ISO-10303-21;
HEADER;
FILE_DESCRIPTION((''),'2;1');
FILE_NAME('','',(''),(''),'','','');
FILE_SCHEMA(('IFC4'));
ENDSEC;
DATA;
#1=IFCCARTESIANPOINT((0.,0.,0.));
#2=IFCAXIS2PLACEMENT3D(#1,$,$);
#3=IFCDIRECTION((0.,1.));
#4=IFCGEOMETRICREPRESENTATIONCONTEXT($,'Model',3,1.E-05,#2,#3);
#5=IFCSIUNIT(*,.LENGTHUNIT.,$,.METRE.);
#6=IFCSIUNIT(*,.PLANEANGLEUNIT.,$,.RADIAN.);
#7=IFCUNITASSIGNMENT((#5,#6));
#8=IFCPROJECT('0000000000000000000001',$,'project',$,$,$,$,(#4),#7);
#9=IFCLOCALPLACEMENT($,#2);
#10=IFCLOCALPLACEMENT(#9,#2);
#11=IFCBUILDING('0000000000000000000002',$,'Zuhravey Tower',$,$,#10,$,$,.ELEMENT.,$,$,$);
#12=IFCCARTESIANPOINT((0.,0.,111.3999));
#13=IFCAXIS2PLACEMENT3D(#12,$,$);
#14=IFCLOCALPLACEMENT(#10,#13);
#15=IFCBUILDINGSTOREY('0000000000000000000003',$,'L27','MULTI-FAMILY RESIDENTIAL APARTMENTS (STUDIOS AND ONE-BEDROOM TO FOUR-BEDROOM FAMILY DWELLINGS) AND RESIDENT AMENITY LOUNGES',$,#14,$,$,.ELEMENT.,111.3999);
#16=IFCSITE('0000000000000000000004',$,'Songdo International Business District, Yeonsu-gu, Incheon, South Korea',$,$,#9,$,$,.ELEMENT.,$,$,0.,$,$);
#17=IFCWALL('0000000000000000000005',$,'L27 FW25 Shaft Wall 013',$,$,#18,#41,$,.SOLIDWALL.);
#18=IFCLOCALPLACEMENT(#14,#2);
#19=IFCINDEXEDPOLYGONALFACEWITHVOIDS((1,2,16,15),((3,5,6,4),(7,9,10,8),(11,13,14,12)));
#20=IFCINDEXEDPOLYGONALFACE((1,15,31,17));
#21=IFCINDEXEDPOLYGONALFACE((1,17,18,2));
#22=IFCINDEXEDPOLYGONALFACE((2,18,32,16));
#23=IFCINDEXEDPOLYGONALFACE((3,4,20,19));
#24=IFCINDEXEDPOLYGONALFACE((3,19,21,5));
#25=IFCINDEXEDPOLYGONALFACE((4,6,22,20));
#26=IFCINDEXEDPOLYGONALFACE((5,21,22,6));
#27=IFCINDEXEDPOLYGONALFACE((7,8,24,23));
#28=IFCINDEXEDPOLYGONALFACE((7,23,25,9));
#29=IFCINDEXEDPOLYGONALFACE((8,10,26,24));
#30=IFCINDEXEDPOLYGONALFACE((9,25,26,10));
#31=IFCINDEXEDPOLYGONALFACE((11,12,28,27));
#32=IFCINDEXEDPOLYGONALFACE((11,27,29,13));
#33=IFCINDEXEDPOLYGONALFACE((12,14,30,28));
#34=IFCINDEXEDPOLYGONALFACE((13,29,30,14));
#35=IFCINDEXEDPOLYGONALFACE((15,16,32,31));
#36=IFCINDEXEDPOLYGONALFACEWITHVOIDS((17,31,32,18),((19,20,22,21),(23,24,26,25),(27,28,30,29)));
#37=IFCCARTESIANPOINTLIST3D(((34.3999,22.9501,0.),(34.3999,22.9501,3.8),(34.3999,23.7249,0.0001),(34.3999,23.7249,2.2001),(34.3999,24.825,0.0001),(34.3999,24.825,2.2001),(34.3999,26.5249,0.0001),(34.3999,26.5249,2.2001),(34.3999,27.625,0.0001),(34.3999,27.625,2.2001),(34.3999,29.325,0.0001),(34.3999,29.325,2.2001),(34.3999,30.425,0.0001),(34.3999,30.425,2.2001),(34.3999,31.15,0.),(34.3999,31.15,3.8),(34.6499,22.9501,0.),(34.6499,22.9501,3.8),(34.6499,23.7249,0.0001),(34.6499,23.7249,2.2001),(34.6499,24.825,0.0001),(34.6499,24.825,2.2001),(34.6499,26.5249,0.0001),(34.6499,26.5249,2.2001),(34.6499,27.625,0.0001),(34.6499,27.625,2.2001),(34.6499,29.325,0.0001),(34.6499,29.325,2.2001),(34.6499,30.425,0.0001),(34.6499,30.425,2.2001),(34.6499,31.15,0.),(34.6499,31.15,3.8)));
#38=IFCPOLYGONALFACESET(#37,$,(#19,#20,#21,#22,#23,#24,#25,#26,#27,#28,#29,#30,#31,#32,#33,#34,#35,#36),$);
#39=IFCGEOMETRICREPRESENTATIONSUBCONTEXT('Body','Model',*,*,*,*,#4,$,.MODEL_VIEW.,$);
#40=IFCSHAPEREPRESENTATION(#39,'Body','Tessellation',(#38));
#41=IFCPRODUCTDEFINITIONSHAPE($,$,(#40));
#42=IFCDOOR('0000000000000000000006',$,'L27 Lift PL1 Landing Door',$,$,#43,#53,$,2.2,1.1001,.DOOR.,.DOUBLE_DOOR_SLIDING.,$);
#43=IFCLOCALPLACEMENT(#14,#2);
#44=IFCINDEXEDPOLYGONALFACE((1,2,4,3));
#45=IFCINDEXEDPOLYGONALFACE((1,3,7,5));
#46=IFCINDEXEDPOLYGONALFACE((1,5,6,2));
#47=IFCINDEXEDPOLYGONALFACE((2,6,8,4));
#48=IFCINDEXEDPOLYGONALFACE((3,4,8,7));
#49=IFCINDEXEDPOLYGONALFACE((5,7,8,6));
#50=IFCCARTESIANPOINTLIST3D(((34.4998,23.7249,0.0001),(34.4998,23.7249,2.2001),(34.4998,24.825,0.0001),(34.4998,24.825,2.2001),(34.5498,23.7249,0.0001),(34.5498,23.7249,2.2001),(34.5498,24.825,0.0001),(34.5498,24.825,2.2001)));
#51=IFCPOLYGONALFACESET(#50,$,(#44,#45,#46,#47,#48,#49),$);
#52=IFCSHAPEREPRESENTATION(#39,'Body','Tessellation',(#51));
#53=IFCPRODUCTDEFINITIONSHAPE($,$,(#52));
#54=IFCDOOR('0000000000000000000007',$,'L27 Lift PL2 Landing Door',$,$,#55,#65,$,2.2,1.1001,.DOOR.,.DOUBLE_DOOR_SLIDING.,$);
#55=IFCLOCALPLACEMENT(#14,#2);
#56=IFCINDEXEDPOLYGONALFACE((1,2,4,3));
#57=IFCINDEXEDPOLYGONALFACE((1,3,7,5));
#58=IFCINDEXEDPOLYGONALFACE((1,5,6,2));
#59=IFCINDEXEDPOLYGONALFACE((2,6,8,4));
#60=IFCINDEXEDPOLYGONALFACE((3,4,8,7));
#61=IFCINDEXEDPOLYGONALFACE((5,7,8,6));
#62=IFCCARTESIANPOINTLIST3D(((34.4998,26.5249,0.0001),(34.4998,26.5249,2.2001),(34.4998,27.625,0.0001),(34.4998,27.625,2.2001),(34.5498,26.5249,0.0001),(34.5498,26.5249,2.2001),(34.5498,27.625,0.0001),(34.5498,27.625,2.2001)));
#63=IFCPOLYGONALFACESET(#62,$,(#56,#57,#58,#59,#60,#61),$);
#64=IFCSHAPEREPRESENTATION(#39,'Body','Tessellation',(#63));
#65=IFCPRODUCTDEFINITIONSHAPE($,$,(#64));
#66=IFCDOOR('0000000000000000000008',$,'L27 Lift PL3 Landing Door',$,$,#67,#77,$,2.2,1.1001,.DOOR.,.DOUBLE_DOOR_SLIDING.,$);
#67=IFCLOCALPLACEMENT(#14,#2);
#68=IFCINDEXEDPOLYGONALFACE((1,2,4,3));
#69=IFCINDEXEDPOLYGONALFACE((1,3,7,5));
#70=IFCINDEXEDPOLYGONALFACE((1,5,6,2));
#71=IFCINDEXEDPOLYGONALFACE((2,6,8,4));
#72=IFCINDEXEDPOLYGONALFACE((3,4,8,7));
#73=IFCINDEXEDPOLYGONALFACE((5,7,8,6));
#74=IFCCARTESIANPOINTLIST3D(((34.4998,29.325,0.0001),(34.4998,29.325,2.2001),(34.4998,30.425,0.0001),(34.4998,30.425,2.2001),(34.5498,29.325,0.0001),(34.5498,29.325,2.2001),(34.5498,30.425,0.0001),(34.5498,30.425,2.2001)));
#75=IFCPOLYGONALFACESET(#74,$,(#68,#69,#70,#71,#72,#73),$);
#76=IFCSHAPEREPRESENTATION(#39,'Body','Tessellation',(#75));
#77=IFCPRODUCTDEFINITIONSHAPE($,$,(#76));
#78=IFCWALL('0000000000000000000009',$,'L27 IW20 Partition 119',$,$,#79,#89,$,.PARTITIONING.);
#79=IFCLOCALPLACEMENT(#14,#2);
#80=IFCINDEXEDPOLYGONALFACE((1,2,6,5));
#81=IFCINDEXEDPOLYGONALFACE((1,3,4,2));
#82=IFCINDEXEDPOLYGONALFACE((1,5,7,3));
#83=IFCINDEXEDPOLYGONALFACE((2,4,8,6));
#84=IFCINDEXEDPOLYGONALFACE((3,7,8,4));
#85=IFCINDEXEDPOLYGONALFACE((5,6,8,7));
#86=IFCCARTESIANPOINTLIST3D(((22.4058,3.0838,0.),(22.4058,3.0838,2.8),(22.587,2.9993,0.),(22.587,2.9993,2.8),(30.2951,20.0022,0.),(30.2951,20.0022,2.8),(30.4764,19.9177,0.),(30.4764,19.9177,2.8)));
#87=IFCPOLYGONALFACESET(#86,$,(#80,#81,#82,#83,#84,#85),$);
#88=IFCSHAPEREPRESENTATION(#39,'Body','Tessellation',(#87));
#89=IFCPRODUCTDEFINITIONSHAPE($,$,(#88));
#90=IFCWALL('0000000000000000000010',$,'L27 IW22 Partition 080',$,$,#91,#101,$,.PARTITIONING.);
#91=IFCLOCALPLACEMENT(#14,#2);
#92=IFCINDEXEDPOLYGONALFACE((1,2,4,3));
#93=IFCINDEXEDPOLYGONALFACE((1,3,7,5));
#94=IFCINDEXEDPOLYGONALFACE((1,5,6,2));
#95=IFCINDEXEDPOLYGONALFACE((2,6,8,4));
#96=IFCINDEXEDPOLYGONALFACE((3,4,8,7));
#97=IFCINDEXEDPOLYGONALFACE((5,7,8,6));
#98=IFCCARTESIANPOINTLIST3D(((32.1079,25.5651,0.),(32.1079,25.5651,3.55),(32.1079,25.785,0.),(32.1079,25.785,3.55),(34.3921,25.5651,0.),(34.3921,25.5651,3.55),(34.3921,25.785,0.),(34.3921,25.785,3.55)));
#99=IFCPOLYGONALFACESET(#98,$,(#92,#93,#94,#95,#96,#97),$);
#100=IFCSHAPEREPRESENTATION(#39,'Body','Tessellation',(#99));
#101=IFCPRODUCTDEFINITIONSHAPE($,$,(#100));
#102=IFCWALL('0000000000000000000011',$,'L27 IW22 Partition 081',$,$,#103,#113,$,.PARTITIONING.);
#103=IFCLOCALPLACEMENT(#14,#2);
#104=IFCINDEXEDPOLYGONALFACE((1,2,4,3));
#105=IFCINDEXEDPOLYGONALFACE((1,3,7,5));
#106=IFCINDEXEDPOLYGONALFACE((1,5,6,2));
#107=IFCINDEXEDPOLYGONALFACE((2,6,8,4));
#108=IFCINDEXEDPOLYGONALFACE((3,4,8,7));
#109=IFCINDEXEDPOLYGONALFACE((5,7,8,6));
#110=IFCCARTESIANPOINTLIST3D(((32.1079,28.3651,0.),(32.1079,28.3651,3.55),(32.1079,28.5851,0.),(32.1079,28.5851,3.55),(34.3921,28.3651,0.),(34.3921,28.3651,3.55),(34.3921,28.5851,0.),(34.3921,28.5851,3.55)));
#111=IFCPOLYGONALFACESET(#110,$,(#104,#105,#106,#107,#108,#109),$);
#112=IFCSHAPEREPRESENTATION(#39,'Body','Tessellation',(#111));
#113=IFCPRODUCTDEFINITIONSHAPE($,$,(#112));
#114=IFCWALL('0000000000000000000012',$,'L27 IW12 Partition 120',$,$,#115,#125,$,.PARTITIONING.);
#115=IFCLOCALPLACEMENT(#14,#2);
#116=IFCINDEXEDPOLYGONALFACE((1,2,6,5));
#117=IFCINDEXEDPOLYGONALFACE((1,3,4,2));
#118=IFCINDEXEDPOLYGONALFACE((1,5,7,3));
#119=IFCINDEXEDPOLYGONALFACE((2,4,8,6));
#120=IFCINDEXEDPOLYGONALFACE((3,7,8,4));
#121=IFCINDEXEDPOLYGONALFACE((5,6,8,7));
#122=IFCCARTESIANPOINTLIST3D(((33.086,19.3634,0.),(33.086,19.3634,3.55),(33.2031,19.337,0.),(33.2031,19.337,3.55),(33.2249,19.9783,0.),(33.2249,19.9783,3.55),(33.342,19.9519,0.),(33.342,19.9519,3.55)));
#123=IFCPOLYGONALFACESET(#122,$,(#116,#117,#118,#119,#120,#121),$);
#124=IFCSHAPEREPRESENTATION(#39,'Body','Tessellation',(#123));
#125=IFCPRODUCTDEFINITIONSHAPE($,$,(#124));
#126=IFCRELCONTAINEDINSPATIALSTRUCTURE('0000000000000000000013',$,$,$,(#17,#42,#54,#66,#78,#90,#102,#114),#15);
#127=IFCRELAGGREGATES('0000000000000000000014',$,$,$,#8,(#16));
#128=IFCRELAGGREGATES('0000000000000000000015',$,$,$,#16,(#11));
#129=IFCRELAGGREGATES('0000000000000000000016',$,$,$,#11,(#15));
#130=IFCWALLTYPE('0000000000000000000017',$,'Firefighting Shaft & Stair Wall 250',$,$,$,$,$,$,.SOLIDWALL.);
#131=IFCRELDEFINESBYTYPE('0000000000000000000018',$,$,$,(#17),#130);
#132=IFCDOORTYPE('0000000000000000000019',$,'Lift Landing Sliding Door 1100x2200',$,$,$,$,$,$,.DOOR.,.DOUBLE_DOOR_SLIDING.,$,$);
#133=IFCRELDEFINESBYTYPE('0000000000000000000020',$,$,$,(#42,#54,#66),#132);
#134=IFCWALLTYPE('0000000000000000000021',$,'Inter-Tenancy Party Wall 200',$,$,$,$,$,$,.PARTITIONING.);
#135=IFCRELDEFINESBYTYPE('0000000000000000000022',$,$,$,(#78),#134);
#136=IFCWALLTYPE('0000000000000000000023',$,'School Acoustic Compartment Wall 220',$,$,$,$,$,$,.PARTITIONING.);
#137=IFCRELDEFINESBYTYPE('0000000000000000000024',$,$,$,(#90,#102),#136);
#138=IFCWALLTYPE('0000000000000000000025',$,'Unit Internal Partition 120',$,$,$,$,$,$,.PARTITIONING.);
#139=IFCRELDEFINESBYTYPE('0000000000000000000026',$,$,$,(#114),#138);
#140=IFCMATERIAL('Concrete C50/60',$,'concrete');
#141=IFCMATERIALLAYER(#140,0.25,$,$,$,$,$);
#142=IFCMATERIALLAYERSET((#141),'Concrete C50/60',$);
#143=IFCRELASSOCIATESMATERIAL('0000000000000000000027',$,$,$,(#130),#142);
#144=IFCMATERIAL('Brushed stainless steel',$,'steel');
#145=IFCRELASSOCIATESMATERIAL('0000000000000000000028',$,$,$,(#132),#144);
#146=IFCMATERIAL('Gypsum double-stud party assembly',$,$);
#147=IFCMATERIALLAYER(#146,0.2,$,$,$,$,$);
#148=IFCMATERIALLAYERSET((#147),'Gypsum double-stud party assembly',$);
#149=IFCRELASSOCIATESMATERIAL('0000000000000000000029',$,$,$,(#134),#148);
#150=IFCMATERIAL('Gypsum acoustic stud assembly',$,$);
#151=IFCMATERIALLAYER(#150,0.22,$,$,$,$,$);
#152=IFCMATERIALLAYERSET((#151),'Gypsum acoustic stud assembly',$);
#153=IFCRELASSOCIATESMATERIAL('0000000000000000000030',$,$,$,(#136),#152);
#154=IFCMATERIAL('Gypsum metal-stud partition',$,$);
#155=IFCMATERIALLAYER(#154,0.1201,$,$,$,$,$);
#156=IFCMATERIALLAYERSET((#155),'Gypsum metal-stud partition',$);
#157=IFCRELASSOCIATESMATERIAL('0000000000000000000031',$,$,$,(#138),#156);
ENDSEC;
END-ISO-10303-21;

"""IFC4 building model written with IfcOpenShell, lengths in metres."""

from ifc_helpers import new_model, si_unit, direction, frame, frame_2d, origin, place, context, subcontext, project, spatial, rectangle, extrude, material, layer, layer_set, type_object, element, fill, save


model = new_model("IFC4")

# Units and contexts
model_context = context("Model", 3, precision=1e-05, world=origin(), true_north=direction((0.0, 1.0)))
body_context = subcontext(model_context, "Body", "Model", "MODEL_VIEW")
ifc_project = project(units=[si_unit("LENGTHUNIT", "METRE"), si_unit("PLANEANGLEUNIT", "RADIAN")], contexts=[model_context])

# Site, building, storey
site_placement = place(None, origin())
site = spatial("IfcSite", under=ifc_project, at=site_placement, Name="Songdo International Business District, Yeonsu-gu, Incheon, South Korea", CompositionType="ELEMENT", RefElevation=0.0)
building_placement = place(site_placement, origin())
building = spatial("IfcBuilding", under=site, at=building_placement, Name="Zuhravey Tower", CompositionType="ELEMENT")
storey_placement = place(building_placement, frame((0.0, 0.0, 111.3999)))
storey = spatial("IfcBuildingStorey", under=building, at=storey_placement, Name="L27", Description="MULTI-FAMILY RESIDENTIAL APARTMENTS (STUDIOS AND ONE-BEDROOM TO FOUR-BEDROOM FAMILY DWELLINGS) AND RESIDENT AMENITY LOUNGES", CompositionType="ELEMENT", Elevation=111.3999)

# Shared definitions
ifc_material_1 = material(Name="Concrete C50/60", Category="concrete")
ifc_layer_1 = layer(ifc_material_1, 0.25)
ifc_layer_set_1 = layer_set([ifc_layer_1], Name="Concrete C50/60")
wall_type_1 = type_object("IfcWallType", Name="Firefighting Shaft & Stair Wall 250", PredefinedType="SOLIDWALL", material=ifc_layer_set_1)
ifc_material_2 = material(Name="Brushed stainless steel", Category="steel")

# Wall, openings, doors
wall_1_placement = place(storey_placement, frame((34.5249, 22.95, 0.0), z_axis=(0.0, 0.0, 1.0), x_axis=(0.0, 1.0, 0.0)))
wall_1 = element("IfcWall", 1, at=wall_1_placement, inside=storey, type_object=wall_type_1, Name="L27 FW25 Shaft Wall 013", PredefinedType="SOLIDWALL", context=body_context, shape_type="SweptSolid", body=[
    extrude(rectangle(XDim=8.2, YDim=0.25, at=frame_2d((4.1001, 0.0))), origin(), (0.0, 0.0, 1.0), 3.8),
])
opening_1_placement = place(wall_1_placement, frame((0.7749, 0.0, 0.0)))
opening_1 = element("IfcOpeningElement", 2, at=opening_1_placement, cuts=wall_1, PredefinedType="OPENING", context=body_context, shape_type="SweptSolid", body=[
    extrude(rectangle(XDim=1.1001, YDim=2.2, at=frame_2d((0.55, 1.1001))), frame((0.0, 0.137, 0.0), z_axis=(0.0, -1.0, 0.0), x_axis=(1.0, 0.0, 0.0)), (0.0, 0.0, 1.0), 0.2739),
])
opening_2_placement = place(wall_1_placement, frame((3.575, 0.0, 0.0)))
opening_2 = element("IfcOpeningElement", 3, at=opening_2_placement, cuts=wall_1, PredefinedType="OPENING", context=body_context, shape_type="SweptSolid", body=[
    extrude(rectangle(XDim=1.1001, YDim=2.2, at=frame_2d((0.55, 1.1001))), frame((0.0, 0.137, 0.0), z_axis=(0.0, -1.0, 0.0), x_axis=(1.0, 0.0, 0.0)), (0.0, 0.0, 1.0), 0.2739),
])
opening_3_placement = place(wall_1_placement, frame((6.375, 0.0, 0.0)))
opening_3 = element("IfcOpeningElement", 4, at=opening_3_placement, cuts=wall_1, PredefinedType="OPENING", context=body_context, shape_type="SweptSolid", body=[
    extrude(rectangle(XDim=1.1001, YDim=2.2, at=frame_2d((0.55, 1.1001))), frame((0.0, 0.137, 0.0), z_axis=(0.0, -1.0, 0.0), x_axis=(1.0, 0.0, 0.0)), (0.0, 0.0, 1.0), 0.2739),
])
door_type_1 = type_object("IfcDoorType", Name="Lift Landing Sliding Door 1100x2200", OperationType="DOUBLE_DOOR_SLIDING", PredefinedType="DOOR", material=ifc_material_2)
door_1_placement = place(opening_1_placement, frame((1.1001, 0.0, 0.0), z_axis=(0.0, 0.0, 1.0), x_axis=(-1.0, 0.0, 0.0)))
door_1 = element("IfcDoor", 5, at=door_1_placement, inside=storey, type_object=door_type_1, Name="L27 Lift PL1 Landing Door", OperationType="DOUBLE_DOOR_SLIDING", OverallHeight=2.2, OverallWidth=1.1001, PredefinedType="DOOR", context=body_context, shape_type="SweptSolid", body=[
    extrude(rectangle(XDim=1.1001, YDim=2.2, at=frame_2d((0.55, 1.1001))), frame((0.0, 0.0249, 0.0), z_axis=(0.0, -1.0, 0.0), x_axis=(1.0, 0.0, 0.0)), (0.0, 0.0, 1.0), 0.05),
])
fill(opening_1, door_1)
door_2_placement = place(opening_2_placement, frame((1.1001, 0.0, 0.0), z_axis=(0.0, 0.0, 1.0), x_axis=(-1.0, 0.0, 0.0)))
door_2 = element("IfcDoor", 6, at=door_2_placement, inside=storey, type_object=door_type_1, Name="L27 Lift PL2 Landing Door", OperationType="DOUBLE_DOOR_SLIDING", OverallHeight=2.2, OverallWidth=1.1001, PredefinedType="DOOR", context=body_context, shape_type="SweptSolid", body=[
    extrude(rectangle(XDim=1.1001, YDim=2.2, at=frame_2d((0.55, 1.1001))), frame((0.0, 0.0249, 0.0), z_axis=(0.0, -1.0, 0.0), x_axis=(1.0, 0.0, 0.0)), (0.0, 0.0, 1.0), 0.05),
])
fill(opening_2, door_2)
door_3_placement = place(opening_3_placement, frame((1.1001, 0.0, 0.0), z_axis=(0.0, 0.0, 1.0), x_axis=(-1.0, 0.0, 0.0)))
door_3 = element("IfcDoor", 7, at=door_3_placement, inside=storey, type_object=door_type_1, Name="L27 Lift PL3 Landing Door", OperationType="DOUBLE_DOOR_SLIDING", OverallHeight=2.2, OverallWidth=1.1001, PredefinedType="DOOR", context=body_context, shape_type="SweptSolid", body=[
    extrude(rectangle(XDim=1.1001, YDim=2.2, at=frame_2d((0.55, 1.1001))), frame((0.0, 0.0249, 0.0), z_axis=(0.0, -1.0, 0.0), x_axis=(1.0, 0.0, 0.0)), (0.0, 0.0, 1.0), 0.05),
])
fill(opening_3, door_3)

# Walls
ifc_material_3 = material(Name="Gypsum double-stud party assembly")
ifc_layer_2 = layer(ifc_material_3, 0.2)
ifc_layer_set_2 = layer_set([ifc_layer_2], Name="Gypsum double-stud party assembly")
wall_type_2 = type_object("IfcWallType", Name="Inter-Tenancy Party Wall 200", PredefinedType="PARTITIONING", material=ifc_layer_set_2)
wall_2_placement = place(storey_placement, frame((30.3857, 19.96, 0.0), z_axis=(0.0, 0.0, 1.0), x_axis=(-0.422627, -0.906304, 0.0)))
element("IfcWall", 8, at=wall_2_placement, inside=storey, type_object=wall_type_2, Name="L27 IW20 Partition 119", PredefinedType="PARTITIONING", context=body_context, shape_type="SweptSolid", body=[
    extrude(rectangle(XDim=18.6675, YDim=0.2, at=frame_2d((9.3337, 0.0))), origin(), (0.0, 0.0, 1.0), 2.8),
])
ifc_material_4 = material(Name="Gypsum acoustic stud assembly")
ifc_layer_3 = layer(ifc_material_4, 0.22)
ifc_layer_set_3 = layer_set([ifc_layer_3], Name="Gypsum acoustic stud assembly")
wall_type_3 = type_object("IfcWallType", Name="School Acoustic Compartment Wall 220", PredefinedType="PARTITIONING", material=ifc_layer_set_3)
for number, where, z_axis, x_axis, name in (
    (9, (32.1079, 25.675, 0.0), (0.0, 0.0, 1.0), (1.0, 0.0, 0.0), "L27 IW22 Partition 080"),
    (10, (32.1079, 28.4751, 0.0), (0.0, 0.0, 1.0), (1.0, 0.0, 0.0), "L27 IW22 Partition 081"),
):
    element("IfcWall", number, at=place(storey_placement, frame(where, z_axis=z_axis, x_axis=x_axis)), inside=storey, type_object=wall_type_3, Name=name, PredefinedType="PARTITIONING", context=body_context, shape_type="SweptSolid", body=[
        extrude(rectangle(XDim=2.2842, YDim=0.22, at=frame_2d((1.1421, 0.0))), origin(), (0.0, 0.0, 1.0), 3.55),
    ])
ifc_material_5 = material(Name="Gypsum metal-stud partition")
ifc_layer_4 = layer(ifc_material_5, 0.1201)
ifc_layer_set_4 = layer_set([ifc_layer_4], Name="Gypsum metal-stud partition")
wall_type_4 = type_object("IfcWallType", Name="Unit Internal Partition 120", PredefinedType="PARTITIONING", material=ifc_layer_set_4)
wall_3_placement = place(storey_placement, frame((33.2834, 19.9651, 0.0), z_axis=(0.0, 0.0, 1.0), x_axis=(-0.220332, -0.975425, 0.0)))
element("IfcWall", 11, at=wall_3_placement, inside=storey, type_object=wall_type_4, Name="L27 IW12 Partition 120", PredefinedType="PARTITIONING", context=body_context, shape_type="SweptSolid", body=[
    extrude(rectangle(XDim=0.6304, YDim=0.1201, at=frame_2d((0.3152, 0.0))), origin(), (0.0, 0.0, 1.0), 3.55),
])

save(model, "model.ifc")
